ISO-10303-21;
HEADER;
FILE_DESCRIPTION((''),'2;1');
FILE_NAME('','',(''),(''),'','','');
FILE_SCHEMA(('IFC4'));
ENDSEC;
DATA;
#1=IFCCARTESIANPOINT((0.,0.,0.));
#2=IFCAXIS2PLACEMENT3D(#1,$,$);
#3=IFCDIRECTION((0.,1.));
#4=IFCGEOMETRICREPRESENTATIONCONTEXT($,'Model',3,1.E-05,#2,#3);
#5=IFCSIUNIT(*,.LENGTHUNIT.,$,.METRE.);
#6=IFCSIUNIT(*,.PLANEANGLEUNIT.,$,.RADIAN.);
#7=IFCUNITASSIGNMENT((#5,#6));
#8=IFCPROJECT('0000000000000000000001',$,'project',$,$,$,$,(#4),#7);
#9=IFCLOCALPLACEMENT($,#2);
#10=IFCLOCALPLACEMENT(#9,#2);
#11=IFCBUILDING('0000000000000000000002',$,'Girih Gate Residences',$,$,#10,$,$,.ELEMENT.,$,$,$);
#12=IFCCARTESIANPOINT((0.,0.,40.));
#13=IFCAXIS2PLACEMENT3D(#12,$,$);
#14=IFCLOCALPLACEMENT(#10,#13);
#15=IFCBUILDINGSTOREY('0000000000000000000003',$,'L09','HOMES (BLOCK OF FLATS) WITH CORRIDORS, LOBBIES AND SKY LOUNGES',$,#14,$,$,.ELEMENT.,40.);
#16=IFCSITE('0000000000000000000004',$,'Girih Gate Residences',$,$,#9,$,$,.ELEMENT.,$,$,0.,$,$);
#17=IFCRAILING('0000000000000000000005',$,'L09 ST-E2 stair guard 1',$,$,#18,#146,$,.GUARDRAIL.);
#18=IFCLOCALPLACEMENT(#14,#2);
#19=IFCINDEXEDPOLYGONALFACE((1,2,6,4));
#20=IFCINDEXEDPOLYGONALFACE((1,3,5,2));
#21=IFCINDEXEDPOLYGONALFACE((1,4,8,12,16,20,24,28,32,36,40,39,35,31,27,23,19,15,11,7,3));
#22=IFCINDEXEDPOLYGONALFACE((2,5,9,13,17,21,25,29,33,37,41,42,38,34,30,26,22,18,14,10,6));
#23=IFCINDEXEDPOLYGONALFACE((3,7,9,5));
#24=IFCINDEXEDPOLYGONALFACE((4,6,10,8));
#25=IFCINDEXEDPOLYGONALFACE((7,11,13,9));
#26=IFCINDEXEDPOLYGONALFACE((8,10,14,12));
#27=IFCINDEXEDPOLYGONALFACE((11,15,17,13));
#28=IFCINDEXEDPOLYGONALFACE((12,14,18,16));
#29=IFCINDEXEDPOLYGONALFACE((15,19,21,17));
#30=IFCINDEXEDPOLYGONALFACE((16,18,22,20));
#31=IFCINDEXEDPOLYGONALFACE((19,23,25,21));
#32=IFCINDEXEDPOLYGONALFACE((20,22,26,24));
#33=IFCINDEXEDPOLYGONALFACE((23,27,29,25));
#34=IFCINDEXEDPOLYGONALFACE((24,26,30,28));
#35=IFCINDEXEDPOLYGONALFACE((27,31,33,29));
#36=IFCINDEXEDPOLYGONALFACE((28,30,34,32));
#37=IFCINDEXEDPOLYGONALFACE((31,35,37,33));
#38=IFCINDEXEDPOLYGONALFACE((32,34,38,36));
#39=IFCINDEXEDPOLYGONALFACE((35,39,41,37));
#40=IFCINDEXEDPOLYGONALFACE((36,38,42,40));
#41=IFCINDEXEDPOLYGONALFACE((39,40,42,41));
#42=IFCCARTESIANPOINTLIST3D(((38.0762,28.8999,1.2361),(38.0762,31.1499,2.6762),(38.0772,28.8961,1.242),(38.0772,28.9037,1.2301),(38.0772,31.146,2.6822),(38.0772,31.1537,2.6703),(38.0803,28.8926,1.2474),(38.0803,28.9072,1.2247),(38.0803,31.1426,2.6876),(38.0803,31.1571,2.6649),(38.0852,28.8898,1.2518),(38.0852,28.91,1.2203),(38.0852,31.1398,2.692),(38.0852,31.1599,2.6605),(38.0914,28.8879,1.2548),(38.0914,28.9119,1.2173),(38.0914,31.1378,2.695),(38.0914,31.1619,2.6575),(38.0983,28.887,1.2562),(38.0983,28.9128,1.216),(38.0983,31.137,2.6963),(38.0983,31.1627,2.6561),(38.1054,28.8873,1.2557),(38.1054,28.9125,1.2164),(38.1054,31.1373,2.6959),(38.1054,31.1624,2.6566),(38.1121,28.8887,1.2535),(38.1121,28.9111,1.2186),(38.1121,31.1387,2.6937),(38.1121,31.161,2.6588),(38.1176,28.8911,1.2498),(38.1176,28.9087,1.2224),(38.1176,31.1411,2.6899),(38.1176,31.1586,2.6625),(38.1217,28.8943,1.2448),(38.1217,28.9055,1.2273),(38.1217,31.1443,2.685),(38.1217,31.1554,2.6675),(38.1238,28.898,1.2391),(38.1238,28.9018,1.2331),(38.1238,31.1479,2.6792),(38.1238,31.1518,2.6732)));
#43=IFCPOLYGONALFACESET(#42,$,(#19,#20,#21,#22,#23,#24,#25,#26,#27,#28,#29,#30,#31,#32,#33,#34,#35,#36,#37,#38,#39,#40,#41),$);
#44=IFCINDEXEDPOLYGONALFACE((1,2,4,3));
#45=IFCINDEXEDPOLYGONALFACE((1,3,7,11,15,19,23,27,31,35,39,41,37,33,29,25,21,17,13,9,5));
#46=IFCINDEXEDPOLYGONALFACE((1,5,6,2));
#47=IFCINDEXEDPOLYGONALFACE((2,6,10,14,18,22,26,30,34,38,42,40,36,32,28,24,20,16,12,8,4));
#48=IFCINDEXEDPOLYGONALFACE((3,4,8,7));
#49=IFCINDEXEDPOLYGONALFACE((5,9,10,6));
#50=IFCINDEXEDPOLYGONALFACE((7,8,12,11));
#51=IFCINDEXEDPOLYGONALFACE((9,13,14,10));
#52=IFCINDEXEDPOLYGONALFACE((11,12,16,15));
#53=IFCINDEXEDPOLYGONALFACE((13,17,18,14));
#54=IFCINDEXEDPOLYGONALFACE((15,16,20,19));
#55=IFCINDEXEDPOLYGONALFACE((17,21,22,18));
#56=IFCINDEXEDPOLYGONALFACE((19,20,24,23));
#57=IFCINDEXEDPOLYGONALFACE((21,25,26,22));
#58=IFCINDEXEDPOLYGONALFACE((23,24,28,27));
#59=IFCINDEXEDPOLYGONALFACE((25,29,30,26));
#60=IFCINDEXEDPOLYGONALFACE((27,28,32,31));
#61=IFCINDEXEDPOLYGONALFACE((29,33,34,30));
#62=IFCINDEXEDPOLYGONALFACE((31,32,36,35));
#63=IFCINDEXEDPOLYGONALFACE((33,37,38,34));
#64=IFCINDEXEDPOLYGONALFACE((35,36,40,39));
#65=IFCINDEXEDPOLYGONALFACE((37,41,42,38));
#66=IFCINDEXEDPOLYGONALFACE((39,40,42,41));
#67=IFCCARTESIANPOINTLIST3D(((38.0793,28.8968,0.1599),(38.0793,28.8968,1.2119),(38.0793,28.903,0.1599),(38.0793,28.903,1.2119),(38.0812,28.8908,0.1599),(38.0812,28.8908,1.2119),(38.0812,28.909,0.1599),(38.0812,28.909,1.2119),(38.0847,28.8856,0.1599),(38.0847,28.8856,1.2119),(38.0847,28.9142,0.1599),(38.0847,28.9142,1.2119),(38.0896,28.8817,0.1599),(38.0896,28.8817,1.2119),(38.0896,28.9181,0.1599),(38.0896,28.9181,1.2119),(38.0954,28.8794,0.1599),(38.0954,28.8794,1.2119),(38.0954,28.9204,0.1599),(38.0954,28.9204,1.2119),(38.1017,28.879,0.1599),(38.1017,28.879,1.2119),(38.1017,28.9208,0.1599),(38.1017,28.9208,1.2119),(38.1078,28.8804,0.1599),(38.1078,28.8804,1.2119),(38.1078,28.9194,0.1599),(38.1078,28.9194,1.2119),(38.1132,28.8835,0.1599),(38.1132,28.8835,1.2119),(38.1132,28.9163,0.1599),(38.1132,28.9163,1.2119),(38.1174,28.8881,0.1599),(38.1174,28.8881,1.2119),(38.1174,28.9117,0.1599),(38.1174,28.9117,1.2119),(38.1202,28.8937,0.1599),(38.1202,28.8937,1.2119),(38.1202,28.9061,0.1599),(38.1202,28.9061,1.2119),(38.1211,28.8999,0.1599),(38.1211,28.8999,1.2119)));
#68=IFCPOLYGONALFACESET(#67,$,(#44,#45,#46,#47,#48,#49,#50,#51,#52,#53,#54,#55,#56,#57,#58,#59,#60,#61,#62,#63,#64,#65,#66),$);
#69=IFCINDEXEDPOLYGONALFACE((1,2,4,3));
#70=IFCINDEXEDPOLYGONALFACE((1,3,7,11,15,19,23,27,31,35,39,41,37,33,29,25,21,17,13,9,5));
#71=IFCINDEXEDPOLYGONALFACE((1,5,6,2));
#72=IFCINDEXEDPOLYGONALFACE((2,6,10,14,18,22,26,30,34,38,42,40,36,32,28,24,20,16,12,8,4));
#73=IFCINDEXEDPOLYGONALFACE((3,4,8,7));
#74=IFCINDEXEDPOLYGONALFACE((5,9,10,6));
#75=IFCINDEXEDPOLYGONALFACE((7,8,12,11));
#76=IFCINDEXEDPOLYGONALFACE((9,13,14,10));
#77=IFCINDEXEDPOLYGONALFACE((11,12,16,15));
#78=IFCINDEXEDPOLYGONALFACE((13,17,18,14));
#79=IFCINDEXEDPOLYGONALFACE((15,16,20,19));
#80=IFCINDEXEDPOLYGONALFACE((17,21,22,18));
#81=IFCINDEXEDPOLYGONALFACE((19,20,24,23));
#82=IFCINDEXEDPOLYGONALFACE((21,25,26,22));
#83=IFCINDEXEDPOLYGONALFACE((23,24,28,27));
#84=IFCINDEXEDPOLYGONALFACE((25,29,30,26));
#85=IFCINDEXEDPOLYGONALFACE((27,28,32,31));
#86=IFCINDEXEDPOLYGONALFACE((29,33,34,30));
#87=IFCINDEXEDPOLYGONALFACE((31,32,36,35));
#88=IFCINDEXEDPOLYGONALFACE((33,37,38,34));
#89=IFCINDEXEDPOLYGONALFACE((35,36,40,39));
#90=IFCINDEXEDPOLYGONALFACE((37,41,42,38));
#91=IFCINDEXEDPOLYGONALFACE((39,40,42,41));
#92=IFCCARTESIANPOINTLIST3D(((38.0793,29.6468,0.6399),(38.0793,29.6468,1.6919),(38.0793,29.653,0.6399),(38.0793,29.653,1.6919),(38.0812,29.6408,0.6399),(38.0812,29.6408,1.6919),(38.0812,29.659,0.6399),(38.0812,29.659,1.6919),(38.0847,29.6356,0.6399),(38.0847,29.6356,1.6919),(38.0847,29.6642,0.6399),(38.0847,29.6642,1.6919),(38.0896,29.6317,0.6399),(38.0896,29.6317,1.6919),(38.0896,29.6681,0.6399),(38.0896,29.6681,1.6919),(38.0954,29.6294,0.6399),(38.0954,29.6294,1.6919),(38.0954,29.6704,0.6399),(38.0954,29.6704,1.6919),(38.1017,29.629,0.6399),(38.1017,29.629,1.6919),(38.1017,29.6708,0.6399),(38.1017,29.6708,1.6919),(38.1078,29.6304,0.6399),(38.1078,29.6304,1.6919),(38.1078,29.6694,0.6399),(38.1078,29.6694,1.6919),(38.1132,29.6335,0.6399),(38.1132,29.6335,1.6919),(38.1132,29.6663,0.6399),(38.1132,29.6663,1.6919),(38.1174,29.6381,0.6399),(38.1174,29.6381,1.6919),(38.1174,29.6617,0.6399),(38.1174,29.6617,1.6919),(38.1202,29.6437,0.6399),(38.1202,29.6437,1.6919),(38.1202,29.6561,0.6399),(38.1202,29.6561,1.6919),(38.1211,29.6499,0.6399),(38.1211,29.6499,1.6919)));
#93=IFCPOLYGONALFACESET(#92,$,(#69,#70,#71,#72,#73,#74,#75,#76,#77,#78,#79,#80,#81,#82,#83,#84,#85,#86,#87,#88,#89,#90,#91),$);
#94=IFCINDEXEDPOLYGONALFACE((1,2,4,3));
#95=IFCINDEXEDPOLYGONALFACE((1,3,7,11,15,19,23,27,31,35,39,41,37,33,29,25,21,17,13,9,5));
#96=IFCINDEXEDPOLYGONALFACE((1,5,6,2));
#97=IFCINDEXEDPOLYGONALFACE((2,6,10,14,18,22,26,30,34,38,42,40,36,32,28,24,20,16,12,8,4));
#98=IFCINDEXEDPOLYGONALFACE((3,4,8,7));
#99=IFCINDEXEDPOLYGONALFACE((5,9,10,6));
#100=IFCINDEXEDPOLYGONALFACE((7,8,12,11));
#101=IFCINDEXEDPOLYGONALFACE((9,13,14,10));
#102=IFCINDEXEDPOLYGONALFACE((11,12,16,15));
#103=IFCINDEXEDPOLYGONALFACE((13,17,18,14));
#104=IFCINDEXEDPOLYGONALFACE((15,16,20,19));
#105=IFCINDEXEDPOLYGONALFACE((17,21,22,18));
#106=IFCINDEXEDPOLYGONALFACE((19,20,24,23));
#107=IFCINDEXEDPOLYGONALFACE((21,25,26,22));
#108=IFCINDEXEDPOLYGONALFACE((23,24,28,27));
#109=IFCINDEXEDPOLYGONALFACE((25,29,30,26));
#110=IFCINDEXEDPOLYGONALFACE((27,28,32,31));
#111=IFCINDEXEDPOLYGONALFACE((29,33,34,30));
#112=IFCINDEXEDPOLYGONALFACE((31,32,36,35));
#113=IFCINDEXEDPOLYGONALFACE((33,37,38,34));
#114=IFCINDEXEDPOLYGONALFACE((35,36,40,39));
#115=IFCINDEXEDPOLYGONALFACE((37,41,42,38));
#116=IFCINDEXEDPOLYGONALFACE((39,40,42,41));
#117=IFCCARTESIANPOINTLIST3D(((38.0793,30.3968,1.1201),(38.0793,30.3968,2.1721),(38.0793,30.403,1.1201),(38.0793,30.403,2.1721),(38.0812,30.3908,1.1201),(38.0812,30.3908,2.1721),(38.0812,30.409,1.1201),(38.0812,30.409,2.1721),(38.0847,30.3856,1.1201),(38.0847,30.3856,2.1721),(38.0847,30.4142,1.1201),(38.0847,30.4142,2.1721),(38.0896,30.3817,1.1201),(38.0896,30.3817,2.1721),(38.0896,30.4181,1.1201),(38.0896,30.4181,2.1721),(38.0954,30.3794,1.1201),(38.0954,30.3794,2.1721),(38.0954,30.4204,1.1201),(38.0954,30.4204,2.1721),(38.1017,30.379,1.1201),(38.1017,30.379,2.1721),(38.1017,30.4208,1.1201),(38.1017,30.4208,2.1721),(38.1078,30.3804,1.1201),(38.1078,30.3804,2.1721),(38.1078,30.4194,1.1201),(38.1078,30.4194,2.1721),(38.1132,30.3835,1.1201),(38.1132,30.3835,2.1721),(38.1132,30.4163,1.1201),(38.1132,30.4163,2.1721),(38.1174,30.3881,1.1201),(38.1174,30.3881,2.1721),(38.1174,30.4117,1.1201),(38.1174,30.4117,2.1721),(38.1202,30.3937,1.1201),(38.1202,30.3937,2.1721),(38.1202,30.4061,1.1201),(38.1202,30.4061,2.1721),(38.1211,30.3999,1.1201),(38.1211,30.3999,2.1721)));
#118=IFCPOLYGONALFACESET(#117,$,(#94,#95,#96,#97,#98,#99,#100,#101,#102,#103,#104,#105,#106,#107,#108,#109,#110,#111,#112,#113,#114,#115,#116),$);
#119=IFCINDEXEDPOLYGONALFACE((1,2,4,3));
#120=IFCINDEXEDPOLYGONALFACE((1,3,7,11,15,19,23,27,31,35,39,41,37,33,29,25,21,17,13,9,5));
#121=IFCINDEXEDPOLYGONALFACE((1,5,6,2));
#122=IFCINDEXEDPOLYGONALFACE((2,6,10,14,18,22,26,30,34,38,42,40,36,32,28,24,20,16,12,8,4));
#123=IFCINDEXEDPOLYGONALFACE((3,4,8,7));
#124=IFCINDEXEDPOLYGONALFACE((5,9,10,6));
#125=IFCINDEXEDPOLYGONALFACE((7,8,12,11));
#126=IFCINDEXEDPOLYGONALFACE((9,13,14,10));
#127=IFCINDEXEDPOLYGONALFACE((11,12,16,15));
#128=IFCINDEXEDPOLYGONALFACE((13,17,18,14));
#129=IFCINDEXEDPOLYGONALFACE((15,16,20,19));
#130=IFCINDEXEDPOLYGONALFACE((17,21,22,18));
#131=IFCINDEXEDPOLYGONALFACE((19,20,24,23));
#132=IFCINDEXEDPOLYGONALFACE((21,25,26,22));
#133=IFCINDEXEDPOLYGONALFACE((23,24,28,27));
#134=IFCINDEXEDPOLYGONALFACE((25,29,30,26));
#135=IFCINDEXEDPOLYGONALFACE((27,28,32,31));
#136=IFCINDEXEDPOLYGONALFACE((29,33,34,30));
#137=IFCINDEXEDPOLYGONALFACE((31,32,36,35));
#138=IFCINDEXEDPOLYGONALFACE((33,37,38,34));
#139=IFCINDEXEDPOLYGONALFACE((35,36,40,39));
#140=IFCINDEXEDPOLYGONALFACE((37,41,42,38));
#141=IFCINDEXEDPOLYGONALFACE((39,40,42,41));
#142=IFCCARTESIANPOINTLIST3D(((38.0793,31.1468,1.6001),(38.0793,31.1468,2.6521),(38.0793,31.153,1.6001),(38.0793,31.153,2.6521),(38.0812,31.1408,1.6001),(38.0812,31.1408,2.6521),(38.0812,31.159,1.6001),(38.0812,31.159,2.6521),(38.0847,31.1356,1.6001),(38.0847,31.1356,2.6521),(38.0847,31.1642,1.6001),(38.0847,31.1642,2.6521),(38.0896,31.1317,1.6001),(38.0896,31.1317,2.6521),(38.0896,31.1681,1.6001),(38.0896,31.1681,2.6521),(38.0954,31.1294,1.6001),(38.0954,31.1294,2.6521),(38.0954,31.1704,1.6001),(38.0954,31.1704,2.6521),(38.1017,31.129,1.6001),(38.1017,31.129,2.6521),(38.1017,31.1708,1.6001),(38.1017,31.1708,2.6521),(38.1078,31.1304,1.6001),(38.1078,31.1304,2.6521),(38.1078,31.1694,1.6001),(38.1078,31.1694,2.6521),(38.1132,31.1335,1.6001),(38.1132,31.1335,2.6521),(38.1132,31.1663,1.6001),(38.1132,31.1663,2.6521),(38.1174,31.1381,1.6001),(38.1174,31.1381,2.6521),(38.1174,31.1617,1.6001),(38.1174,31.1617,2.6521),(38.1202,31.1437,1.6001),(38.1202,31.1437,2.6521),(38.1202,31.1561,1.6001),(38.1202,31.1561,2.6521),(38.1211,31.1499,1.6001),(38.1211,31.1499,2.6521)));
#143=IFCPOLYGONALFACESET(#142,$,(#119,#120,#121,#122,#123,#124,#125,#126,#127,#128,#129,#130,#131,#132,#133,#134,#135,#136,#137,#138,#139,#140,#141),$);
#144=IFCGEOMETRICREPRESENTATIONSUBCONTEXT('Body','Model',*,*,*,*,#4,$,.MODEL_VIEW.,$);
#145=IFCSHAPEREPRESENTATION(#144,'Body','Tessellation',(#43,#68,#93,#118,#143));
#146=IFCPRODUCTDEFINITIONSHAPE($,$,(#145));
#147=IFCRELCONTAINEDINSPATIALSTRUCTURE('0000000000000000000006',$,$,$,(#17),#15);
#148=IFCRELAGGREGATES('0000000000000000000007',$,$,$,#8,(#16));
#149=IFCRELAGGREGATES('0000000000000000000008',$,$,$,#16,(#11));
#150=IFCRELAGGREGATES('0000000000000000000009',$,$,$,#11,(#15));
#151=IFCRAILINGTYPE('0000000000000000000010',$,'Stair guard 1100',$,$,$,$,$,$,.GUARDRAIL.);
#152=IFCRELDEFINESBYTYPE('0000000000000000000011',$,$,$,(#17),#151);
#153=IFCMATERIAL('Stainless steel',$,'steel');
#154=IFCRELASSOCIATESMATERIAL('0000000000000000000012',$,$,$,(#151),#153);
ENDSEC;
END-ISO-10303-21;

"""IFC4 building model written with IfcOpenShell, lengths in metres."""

from ifc_helpers import new_model, si_unit, direction, frame, origin, origin_2d, place, context, subcontext, project, spatial, circle, extrude, material, type_object, element, save


model = new_model("IFC4")

# Units and contexts
model_context = context("Model", 3, precision=1e-05, world=origin(), true_north=direction((0.0, 1.0)))
body_context = subcontext(model_context, "Body", "Model", "MODEL_VIEW")
ifc_project = project(units=[si_unit("LENGTHUNIT", "METRE"), si_unit("PLANEANGLEUNIT", "RADIAN")], contexts=[model_context])

# Site, building, storey
site_placement = place(None, origin())
site = spatial("IfcSite", under=ifc_project, at=site_placement, Name="Girih Gate Residences", CompositionType="ELEMENT", RefElevation=0.0)
building_placement = place(site_placement, origin())
building = spatial("IfcBuilding", under=site, at=building_placement, Name="Girih Gate Residences", CompositionType="ELEMENT")
storey_placement = place(building_placement, frame((0.0, 0.0, 40.0)))
storey = spatial("IfcBuildingStorey", under=building, at=storey_placement, Name="L09", Description="HOMES (BLOCK OF FLATS) WITH CORRIDORS, LOBBIES AND SKY LOUNGES", CompositionType="ELEMENT", Elevation=40.0)

# Shared definitions
ifc_material_1 = material(Name="Stainless steel", Category="steel")

# Railing
railing_type_1 = type_object("IfcRailingType", Name="Stair guard 1100", PredefinedType="GUARDRAIL", material=ifc_material_1)
railing_1_placement = place(storey_placement, frame((38.1001, 28.8999, 0.1599)))
element("IfcRailing", 1, at=railing_1_placement, inside=storey, type_object=railing_type_1, Name="L09 ST-E2 stair guard 1", PredefinedType="GUARDRAIL", context=body_context, shape_type="SweptSolid", body=[
    extrude(circle(Radius=0.0239, at=origin_2d()), frame((0.0, 0.0, 1.0762), z_axis=(0.0, 0.84224, 0.539103), x_axis=(-1.0, 0.0, 0.0)), (0.0, 0.0, 1.0), 2.6714),
    extrude(circle(Radius=0.021, at=origin_2d()), origin(), (0.0, 0.0, 1.0), 1.052),
    extrude(circle(Radius=0.021, at=origin_2d()), frame((0.0, 0.75, 0.48)), (0.0, 0.0, 1.0), 1.052),
    extrude(circle(Radius=0.021, at=origin_2d()), frame((0.0, 1.5, 0.9602)), (0.0, 0.0, 1.0), 1.052),
    extrude(circle(Radius=0.021, at=origin_2d()), frame((0.0, 2.25, 1.4402)), (0.0, 0.0, 1.0), 1.052),
])

save(model, "model.ifc")
